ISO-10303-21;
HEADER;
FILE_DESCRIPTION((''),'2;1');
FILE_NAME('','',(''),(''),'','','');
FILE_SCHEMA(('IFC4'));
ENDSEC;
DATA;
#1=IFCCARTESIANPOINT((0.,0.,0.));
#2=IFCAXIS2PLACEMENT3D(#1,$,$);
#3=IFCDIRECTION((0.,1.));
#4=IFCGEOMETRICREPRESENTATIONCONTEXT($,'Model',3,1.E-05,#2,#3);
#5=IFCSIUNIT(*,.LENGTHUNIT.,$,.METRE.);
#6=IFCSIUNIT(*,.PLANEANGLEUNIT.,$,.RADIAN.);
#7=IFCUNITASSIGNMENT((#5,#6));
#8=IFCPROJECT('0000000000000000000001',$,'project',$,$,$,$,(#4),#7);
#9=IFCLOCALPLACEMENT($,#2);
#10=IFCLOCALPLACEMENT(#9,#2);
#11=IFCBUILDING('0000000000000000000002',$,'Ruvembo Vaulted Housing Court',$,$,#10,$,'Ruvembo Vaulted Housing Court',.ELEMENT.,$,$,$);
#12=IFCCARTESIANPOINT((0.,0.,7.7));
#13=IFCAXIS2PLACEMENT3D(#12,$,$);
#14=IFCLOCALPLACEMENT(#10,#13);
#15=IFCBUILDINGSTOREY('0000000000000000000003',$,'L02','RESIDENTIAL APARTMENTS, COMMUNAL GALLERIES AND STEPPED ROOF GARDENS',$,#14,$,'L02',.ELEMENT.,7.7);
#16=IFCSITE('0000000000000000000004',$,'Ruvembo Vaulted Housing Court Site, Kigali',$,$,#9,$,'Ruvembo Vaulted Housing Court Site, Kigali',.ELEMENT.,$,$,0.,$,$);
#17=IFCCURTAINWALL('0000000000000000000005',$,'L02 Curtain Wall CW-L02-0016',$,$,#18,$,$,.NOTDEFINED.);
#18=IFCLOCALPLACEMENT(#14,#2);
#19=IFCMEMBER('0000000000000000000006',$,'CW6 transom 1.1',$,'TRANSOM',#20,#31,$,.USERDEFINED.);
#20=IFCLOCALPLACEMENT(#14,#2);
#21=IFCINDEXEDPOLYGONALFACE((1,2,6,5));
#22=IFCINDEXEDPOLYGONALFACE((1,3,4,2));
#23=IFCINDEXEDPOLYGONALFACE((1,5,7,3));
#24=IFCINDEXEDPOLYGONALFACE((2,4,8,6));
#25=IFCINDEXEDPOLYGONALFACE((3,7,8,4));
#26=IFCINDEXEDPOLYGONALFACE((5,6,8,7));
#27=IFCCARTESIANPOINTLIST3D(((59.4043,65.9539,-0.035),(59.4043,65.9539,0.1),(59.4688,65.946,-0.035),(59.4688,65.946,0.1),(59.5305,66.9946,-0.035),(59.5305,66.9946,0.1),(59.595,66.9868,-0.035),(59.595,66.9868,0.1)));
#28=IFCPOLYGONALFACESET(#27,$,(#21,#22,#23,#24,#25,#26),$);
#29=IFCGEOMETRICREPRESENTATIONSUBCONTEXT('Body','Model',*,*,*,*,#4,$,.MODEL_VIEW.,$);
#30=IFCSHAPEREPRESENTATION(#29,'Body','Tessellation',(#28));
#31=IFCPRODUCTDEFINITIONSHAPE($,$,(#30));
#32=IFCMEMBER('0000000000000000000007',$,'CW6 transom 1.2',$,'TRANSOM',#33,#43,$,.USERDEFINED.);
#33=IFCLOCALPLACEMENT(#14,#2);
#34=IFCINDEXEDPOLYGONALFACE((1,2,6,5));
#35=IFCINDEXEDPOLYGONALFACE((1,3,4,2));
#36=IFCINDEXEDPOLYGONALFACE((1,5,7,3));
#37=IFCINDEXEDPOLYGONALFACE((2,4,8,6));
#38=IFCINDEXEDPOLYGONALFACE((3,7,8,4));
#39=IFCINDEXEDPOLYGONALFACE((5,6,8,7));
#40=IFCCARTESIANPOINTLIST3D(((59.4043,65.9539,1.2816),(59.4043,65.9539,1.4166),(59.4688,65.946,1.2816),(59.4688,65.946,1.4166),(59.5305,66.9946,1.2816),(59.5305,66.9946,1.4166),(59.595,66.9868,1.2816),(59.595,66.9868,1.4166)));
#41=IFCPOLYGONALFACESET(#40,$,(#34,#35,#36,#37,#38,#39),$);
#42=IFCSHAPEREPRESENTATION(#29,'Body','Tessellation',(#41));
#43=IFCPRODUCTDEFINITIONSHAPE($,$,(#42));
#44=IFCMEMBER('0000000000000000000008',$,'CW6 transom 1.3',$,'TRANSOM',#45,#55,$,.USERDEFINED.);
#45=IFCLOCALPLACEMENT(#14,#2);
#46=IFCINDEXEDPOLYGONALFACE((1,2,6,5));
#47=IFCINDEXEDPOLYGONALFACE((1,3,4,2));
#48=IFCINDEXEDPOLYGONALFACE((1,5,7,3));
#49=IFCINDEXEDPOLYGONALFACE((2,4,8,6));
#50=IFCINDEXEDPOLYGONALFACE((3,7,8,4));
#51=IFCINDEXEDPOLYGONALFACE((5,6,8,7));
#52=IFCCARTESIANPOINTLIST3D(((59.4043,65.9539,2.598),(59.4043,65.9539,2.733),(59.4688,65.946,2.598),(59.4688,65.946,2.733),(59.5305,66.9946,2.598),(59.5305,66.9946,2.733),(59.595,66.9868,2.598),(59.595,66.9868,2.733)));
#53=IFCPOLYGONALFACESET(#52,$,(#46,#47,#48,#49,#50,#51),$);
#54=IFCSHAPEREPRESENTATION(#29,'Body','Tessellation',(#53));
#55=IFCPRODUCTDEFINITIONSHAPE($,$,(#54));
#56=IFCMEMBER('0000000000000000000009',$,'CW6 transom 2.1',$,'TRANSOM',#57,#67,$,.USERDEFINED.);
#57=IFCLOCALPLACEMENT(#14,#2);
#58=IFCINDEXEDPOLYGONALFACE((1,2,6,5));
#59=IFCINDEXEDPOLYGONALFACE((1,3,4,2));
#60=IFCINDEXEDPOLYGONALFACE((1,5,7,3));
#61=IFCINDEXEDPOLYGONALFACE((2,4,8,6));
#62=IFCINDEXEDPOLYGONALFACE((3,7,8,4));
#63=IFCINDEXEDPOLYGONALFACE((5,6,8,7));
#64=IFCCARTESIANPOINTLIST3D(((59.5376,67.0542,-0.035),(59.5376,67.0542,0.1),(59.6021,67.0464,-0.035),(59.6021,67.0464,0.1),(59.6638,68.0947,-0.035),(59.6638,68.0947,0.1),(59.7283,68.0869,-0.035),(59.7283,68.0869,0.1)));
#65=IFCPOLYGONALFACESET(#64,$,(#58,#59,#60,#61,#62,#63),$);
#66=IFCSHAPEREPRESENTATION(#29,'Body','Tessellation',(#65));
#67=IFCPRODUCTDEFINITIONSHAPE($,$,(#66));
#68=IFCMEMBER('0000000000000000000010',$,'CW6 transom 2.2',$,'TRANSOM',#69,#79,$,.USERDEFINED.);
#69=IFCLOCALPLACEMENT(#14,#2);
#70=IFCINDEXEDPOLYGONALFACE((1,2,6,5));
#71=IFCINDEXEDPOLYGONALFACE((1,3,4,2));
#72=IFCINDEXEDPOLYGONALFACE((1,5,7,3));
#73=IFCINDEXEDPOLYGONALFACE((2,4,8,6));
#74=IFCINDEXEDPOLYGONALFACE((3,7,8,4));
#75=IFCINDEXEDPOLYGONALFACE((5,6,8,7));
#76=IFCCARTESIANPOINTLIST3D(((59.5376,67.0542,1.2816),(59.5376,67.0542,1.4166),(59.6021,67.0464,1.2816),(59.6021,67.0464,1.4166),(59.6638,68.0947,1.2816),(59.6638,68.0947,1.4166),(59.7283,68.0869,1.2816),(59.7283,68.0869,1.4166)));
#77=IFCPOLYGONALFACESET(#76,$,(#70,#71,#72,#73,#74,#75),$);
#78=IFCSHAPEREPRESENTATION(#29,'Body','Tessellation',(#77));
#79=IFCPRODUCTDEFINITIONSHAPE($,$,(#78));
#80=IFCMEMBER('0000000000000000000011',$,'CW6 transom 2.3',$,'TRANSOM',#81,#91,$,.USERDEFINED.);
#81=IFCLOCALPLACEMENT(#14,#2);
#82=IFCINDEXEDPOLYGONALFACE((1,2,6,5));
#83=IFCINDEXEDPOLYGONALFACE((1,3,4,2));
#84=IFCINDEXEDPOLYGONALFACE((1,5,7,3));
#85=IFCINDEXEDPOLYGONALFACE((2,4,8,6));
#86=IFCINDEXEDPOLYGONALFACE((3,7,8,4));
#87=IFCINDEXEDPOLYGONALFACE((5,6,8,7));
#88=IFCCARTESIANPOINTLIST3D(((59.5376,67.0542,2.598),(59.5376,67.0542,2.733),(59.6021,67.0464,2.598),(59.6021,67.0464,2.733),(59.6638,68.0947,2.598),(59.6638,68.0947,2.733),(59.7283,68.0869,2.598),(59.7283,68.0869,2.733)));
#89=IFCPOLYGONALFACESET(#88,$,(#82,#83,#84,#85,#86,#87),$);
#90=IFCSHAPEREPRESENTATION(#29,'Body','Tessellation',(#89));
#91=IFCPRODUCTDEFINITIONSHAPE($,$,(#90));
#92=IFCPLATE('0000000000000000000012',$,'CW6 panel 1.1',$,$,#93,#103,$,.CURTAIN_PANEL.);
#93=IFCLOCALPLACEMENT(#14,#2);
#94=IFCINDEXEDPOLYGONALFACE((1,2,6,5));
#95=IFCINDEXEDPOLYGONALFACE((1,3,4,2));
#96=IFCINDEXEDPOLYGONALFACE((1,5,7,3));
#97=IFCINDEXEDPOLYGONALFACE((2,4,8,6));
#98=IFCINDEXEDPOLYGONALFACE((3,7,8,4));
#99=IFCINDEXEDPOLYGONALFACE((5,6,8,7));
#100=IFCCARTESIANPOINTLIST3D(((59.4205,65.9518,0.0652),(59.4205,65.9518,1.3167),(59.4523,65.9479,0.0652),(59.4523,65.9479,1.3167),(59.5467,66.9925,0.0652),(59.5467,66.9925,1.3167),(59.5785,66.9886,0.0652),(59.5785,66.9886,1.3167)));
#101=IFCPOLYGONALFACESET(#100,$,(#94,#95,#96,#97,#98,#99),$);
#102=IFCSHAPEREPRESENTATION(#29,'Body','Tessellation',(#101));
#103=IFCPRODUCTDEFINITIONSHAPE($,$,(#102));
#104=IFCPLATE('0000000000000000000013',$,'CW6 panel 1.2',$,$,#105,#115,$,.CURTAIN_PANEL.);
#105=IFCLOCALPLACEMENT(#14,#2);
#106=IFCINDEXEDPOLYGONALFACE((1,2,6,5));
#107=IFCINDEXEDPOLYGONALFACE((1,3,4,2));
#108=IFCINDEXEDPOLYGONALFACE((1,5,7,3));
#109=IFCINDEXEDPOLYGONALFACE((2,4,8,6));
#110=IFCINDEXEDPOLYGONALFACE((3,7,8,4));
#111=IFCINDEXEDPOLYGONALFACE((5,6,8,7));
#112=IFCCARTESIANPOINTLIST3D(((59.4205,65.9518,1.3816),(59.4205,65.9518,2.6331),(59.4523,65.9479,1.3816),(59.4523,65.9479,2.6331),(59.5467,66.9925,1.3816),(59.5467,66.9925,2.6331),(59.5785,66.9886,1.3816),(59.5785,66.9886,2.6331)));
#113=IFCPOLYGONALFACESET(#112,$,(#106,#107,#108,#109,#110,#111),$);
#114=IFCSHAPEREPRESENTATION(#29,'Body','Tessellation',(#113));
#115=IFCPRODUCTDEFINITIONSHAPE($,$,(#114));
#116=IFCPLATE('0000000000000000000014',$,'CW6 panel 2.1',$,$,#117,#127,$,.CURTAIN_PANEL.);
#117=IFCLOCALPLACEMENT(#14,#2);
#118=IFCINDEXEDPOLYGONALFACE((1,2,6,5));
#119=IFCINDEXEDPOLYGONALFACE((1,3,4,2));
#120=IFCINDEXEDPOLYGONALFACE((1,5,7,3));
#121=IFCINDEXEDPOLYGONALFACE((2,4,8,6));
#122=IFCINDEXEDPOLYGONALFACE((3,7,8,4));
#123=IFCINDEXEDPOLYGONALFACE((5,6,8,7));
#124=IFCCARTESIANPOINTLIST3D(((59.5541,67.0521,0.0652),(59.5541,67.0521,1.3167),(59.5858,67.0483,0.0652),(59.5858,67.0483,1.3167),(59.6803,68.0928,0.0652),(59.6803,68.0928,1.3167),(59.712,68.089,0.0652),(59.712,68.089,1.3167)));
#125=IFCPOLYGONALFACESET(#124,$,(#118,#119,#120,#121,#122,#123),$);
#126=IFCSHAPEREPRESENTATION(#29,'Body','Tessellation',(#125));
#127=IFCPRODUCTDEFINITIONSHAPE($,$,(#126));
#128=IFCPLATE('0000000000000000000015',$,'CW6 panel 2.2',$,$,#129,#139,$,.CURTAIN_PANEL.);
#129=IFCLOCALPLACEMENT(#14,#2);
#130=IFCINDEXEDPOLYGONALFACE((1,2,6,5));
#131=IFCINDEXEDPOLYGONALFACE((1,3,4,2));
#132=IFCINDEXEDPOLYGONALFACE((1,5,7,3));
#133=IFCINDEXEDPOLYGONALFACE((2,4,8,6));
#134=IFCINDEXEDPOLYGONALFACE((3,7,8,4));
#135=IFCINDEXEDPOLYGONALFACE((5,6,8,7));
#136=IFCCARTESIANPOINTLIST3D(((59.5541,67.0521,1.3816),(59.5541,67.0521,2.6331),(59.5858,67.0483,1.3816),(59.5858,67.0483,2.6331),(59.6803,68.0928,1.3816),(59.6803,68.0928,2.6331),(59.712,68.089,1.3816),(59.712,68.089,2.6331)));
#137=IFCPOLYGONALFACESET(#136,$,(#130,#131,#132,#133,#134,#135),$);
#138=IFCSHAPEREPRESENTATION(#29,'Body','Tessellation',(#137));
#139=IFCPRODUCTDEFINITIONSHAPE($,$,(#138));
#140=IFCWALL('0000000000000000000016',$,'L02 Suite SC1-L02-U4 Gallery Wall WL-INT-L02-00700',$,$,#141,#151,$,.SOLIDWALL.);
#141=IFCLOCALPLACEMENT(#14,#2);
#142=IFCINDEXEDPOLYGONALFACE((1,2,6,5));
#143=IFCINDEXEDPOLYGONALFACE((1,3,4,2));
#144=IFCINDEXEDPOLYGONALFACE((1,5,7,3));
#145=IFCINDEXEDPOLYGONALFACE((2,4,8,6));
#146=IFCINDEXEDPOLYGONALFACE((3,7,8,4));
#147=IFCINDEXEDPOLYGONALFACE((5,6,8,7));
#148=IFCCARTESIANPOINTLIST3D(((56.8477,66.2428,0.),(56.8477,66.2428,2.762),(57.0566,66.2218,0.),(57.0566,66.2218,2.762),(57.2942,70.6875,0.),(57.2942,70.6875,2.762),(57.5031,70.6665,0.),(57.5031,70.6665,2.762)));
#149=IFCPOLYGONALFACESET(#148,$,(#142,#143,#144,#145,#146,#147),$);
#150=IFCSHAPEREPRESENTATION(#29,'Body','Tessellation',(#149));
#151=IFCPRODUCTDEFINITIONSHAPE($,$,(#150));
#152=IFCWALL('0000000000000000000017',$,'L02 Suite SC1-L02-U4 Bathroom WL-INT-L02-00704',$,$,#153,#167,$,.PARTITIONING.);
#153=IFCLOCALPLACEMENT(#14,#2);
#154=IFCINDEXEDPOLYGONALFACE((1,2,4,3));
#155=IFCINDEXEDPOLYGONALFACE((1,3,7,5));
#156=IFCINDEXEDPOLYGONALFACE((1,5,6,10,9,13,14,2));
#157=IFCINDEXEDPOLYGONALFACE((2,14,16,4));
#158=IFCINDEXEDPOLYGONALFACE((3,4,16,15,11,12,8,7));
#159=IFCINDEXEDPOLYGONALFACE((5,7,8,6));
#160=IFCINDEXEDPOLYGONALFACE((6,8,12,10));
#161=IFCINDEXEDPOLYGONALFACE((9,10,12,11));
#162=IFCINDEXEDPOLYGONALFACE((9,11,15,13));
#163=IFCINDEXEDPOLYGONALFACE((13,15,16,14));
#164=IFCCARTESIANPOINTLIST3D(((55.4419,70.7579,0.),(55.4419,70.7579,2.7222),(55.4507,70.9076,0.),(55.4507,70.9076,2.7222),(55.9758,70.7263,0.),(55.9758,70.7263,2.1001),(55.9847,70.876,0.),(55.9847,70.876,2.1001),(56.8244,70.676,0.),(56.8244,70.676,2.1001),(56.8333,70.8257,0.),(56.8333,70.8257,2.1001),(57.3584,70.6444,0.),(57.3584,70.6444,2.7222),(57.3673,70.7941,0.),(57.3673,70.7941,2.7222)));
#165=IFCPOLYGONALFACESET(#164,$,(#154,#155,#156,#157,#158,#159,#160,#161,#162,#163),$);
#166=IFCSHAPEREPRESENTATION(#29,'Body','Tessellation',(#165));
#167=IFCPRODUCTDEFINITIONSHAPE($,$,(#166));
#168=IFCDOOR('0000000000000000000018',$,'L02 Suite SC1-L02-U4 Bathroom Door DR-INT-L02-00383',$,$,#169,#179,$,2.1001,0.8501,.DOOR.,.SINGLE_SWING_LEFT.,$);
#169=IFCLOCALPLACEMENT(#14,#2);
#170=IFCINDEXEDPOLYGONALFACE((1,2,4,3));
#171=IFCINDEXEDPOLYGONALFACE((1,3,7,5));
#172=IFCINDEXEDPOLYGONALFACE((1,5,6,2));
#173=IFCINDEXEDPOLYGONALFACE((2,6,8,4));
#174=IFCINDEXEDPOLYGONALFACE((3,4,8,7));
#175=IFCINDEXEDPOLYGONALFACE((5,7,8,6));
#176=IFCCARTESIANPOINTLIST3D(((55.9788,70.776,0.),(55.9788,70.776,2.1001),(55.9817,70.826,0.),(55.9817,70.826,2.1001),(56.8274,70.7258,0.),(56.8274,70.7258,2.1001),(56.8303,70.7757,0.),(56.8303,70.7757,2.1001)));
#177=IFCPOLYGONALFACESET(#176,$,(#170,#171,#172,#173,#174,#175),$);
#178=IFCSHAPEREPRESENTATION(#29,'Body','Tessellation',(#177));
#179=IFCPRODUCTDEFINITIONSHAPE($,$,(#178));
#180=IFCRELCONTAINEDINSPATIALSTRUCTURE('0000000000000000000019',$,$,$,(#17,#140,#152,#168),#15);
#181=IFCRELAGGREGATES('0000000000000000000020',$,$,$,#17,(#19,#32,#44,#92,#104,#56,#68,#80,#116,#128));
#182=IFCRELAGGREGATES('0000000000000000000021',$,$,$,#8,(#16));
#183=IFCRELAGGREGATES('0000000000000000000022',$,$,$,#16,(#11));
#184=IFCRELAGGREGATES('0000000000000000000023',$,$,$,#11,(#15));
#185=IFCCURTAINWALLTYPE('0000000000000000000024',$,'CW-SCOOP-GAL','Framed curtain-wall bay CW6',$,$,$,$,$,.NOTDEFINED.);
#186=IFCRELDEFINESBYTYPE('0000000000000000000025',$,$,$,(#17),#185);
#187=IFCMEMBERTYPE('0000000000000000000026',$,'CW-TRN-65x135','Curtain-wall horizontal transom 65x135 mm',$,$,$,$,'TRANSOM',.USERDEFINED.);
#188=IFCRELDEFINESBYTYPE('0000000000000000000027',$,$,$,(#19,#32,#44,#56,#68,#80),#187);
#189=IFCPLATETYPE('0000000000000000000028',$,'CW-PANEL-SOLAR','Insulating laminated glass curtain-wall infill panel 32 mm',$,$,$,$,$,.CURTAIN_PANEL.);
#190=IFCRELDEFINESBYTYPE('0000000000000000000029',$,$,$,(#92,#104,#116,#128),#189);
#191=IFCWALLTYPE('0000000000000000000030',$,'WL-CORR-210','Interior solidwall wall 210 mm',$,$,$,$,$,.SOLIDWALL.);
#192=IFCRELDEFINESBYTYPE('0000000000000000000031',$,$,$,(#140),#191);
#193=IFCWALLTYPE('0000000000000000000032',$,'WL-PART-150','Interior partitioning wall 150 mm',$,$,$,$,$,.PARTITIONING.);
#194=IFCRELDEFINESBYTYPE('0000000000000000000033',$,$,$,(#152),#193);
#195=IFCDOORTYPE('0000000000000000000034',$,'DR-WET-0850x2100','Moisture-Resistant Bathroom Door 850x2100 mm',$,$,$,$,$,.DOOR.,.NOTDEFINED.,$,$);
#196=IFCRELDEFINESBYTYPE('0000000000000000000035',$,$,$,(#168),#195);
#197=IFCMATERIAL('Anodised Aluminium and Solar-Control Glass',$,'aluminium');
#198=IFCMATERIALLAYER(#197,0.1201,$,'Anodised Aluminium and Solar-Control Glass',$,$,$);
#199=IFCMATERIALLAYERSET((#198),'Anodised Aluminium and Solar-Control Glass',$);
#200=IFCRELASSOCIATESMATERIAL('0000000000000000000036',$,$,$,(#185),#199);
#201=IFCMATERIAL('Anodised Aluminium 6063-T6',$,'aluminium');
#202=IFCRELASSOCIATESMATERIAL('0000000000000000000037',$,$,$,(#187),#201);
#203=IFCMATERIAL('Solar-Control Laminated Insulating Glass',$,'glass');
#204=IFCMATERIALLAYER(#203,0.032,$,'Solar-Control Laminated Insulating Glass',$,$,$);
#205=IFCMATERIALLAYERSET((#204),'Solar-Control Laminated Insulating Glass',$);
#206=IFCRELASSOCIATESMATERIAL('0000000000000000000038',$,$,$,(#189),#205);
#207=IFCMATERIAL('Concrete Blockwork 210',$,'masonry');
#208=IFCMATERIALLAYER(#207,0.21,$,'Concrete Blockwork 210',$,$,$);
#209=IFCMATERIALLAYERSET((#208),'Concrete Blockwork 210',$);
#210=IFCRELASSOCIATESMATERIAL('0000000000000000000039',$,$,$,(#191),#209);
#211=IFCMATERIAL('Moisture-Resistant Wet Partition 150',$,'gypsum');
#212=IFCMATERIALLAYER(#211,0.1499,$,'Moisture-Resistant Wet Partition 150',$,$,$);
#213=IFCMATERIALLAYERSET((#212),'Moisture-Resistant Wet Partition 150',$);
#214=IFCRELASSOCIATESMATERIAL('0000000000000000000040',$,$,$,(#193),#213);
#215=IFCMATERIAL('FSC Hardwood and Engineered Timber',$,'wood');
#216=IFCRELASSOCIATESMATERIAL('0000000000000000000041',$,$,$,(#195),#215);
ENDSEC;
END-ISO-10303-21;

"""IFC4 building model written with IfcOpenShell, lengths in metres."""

from ifc_helpers import new_model, si_unit, direction, frame, frame_2d, origin, origin_2d, place, context, subcontext, project, spatial, rectangle, extrude, material, layer, layer_set, material_profile, profile_set, type_object, element, fill, aggregate, save


model = new_model("IFC4")

# Units and contexts
model_context = context("Model", 3, precision=1e-05, world=origin(), true_north=direction((0.0, 1.0)))
body_context = subcontext(model_context, "Body", "Model", "MODEL_VIEW")
ifc_project = project(units=[si_unit("LENGTHUNIT", "METRE"), si_unit("PLANEANGLEUNIT", "RADIAN")], contexts=[model_context])

# Site, building, storey
site_placement = place(None, origin())
site = spatial("IfcSite", under=ifc_project, at=site_placement, Name="Ruvembo Vaulted Housing Court Site, Kigali", LongName="Ruvembo Vaulted Housing Court Site, Kigali", CompositionType="ELEMENT", RefElevation=0.0)
building_placement = place(site_placement, origin())
building = spatial("IfcBuilding", under=site, at=building_placement, Name="Ruvembo Vaulted Housing Court", LongName="Ruvembo Vaulted Housing Court", CompositionType="ELEMENT")
storey_placement = place(building_placement, frame((0.0, 0.0, 7.7)))
storey = spatial("IfcBuildingStorey", under=building, at=storey_placement, Name="L02", Description="RESIDENTIAL APARTMENTS, COMMUNAL GALLERIES AND STEPPED ROOF GARDENS", LongName="L02", CompositionType="ELEMENT", Elevation=7.7)

# Curtain wall, members, plates
ifc_material_1 = material(Name="Anodised Aluminium and Solar-Control Glass", Category="aluminium")
ifc_layer_1 = layer(ifc_material_1, 0.1201, Name="Anodised Aluminium and Solar-Control Glass")
ifc_layer_set_1 = layer_set([ifc_layer_1], Name="Anodised Aluminium and Solar-Control Glass")
curtain_wall_type = type_object("IfcCurtainWallType", Name="CW-SCOOP-GAL", Description="Framed curtain-wall bay CW6", PredefinedType="NOTDEFINED", material=ifc_layer_set_1)
curtain_wall_placement = place(storey_placement, origin())
curtain_wall = element("IfcCurtainWall", 1, at=curtain_wall_placement, inside=storey, type_object=curtain_wall_type, Name="L02 Curtain Wall CW-L02-0016", PredefinedType="NOTDEFINED")
ifc_material_2 = material(Name="Anodised Aluminium 6063-T6", Category="aluminium")
ifc_material_profile_1 = material_profile(ifc_material_2, rectangle(XDim=0.0649, YDim=0.135, at=origin_2d()), Name="ALU 65x135")
ifc_profile_set_1 = profile_set([ifc_material_profile_1], Name="Anodised Aluminium 6063-T6")
member_type_1 = type_object("IfcMemberType", Name="CW-TRN-65x135", Description="Curtain-wall horizontal transom 65x135 mm", ElementType="TRANSOM", PredefinedType="USERDEFINED", material=ifc_profile_set_1)
member_1_placement = place(storey_placement, frame((59.4365, 65.95, 0.0325), z_axis=(0.120394, 0.992726, 0.0), x_axis=(-0.992726, 0.120394, 0.0)))
member_1 = element("IfcMember", 2, at=member_1_placement, type_object=member_type_1, Name="CW6 transom 1.1", ObjectType="TRANSOM", PredefinedType="USERDEFINED", context=body_context, shape_type="SweptSolid", body=[
    extrude(rectangle(XDim=0.0649, YDim=0.135, at=origin_2d()), origin(), (0.0, 0.0, 1.0), 1.0483),
])
member_2_placement = place(storey_placement, frame((59.4365, 65.95, 1.3491), z_axis=(0.120394, 0.992726, 0.0), x_axis=(-0.992726, 0.120394, 0.0)))
member_2 = element("IfcMember", 3, at=member_2_placement, type_object=member_type_1, Name="CW6 transom 1.2", ObjectType="TRANSOM", PredefinedType="USERDEFINED", context=body_context, shape_type="SweptSolid", body=[
    extrude(rectangle(XDim=0.0649, YDim=0.135, at=origin_2d()), origin(), (0.0, 0.0, 1.0), 1.0483),
])
member_3_placement = place(storey_placement, frame((59.4365, 65.95, 2.6655), z_axis=(0.120394, 0.992726, 0.0), x_axis=(-0.992726, 0.120394, 0.0)))
member_3 = element("IfcMember", 4, at=member_3_placement, type_object=member_type_1, Name="CW6 transom 1.3", ObjectType="TRANSOM", PredefinedType="USERDEFINED", context=body_context, shape_type="SweptSolid", body=[
    extrude(rectangle(XDim=0.0649, YDim=0.135, at=origin_2d()), origin(), (0.0, 0.0, 1.0), 1.0483),
])
member_4_placement = place(storey_placement, frame((59.5698, 67.0503, 0.0325), z_axis=(0.120422, 0.992723, 0.0), x_axis=(-0.992723, 0.120422, 0.0)))
member_4 = element("IfcMember", 5, at=member_4_placement, type_object=member_type_1, Name="CW6 transom 2.1", ObjectType="TRANSOM", PredefinedType="USERDEFINED", context=body_context, shape_type="SweptSolid", body=[
    extrude(rectangle(XDim=0.0649, YDim=0.135, at=origin_2d()), origin(), (0.0, 0.0, 1.0), 1.0481),
])
member_5_placement = place(storey_placement, frame((59.5698, 67.0503, 1.3491), z_axis=(0.120422, 0.992723, 0.0), x_axis=(-0.992723, 0.120422, 0.0)))
member_5 = element("IfcMember", 6, at=member_5_placement, type_object=member_type_1, Name="CW6 transom 2.2", ObjectType="TRANSOM", PredefinedType="USERDEFINED", context=body_context, shape_type="SweptSolid", body=[
    extrude(rectangle(XDim=0.0649, YDim=0.135, at=origin_2d()), origin(), (0.0, 0.0, 1.0), 1.0481),
])
member_6_placement = place(storey_placement, frame((59.5698, 67.0503, 2.6655), z_axis=(0.120422, 0.992723, 0.0), x_axis=(-0.992723, 0.120422, 0.0)))
member_6 = element("IfcMember", 7, at=member_6_placement, type_object=member_type_1, Name="CW6 transom 2.3", ObjectType="TRANSOM", PredefinedType="USERDEFINED", context=body_context, shape_type="SweptSolid", body=[
    extrude(rectangle(XDim=0.0649, YDim=0.135, at=origin_2d()), origin(), (0.0, 0.0, 1.0), 1.0481),
])
ifc_material_3 = material(Name="Solar-Control Laminated Insulating Glass", Category="glass")
ifc_layer_2 = layer(ifc_material_3, 0.032, Name="Solar-Control Laminated Insulating Glass")
ifc_layer_set_2 = layer_set([ifc_layer_2], Name="Solar-Control Laminated Insulating Glass")
plate_type = type_object("IfcPlateType", Name="CW-PANEL-SOLAR", Description="Insulating laminated glass curtain-wall infill panel 32 mm", PredefinedType="CURTAIN_PANEL", material=ifc_layer_set_2)
plate_1_placement = place(storey_placement, frame((59.4995, 66.4702, 0.0652), z_axis=(0.0, 0.0, 1.0), x_axis=(0.120401, 0.992725, 0.0)))
plate_1 = element("IfcPlate", 8, at=plate_1_placement, type_object=plate_type, Name="CW6 panel 1.1", PredefinedType="CURTAIN_PANEL", context=body_context, shape_type="SweptSolid", body=[
    extrude(rectangle(XDim=1.0483, YDim=0.032, at=origin_2d()), origin(), (0.0, 0.0, 1.0), 1.2515),
])
plate_2_placement = place(storey_placement, frame((59.4995, 66.4702, 1.3816), z_axis=(0.0, 0.0, 1.0), x_axis=(0.120401, 0.992725, 0.0)))
plate_2 = element("IfcPlate", 9, at=plate_2_placement, type_object=plate_type, Name="CW6 panel 1.2", PredefinedType="CURTAIN_PANEL", context=body_context, shape_type="SweptSolid", body=[
    extrude(rectangle(XDim=1.0483, YDim=0.032, at=origin_2d()), origin(), (0.0, 0.0, 1.0), 1.2515),
])
plate_3_placement = place(storey_placement, frame((59.6331, 67.5706, 0.0652), z_axis=(0.0, 0.0, 1.0), x_axis=(0.120401, 0.992725, 0.0)))
plate_3 = element("IfcPlate", 10, at=plate_3_placement, type_object=plate_type, Name="CW6 panel 2.1", PredefinedType="CURTAIN_PANEL", context=body_context, shape_type="SweptSolid", body=[
    extrude(rectangle(XDim=1.0483, YDim=0.032, at=origin_2d()), origin(), (0.0, 0.0, 1.0), 1.2515),
])
plate_4_placement = place(storey_placement, frame((59.6331, 67.5706, 1.3816), z_axis=(0.0, 0.0, 1.0), x_axis=(0.120401, 0.992725, 0.0)))
plate_4 = element("IfcPlate", 11, at=plate_4_placement, type_object=plate_type, Name="CW6 panel 2.2", PredefinedType="CURTAIN_PANEL", context=body_context, shape_type="SweptSolid", body=[
    extrude(rectangle(XDim=1.0483, YDim=0.032, at=origin_2d()), origin(), (0.0, 0.0, 1.0), 1.2515),
])
aggregate(curtain_wall, [member_1, member_2, member_3, plate_1, plate_2, member_4, member_5, member_6, plate_3, plate_4])

# Wall
ifc_material_4 = material(Name="Concrete Blockwork 210", Category="masonry")
ifc_layer_3 = layer(ifc_material_4, 0.21, Name="Concrete Blockwork 210")
ifc_layer_set_3 = layer_set([ifc_layer_3], Name="Concrete Blockwork 210")
wall_type_1 = type_object("IfcWallType", Name="WL-CORR-210", Description="Interior solidwall wall 210 mm", PredefinedType="SOLIDWALL", material=ifc_layer_set_3)
wall_1_placement = place(storey_placement, frame((56.9521, 66.2324, 0.0), z_axis=(0.0, 0.0, 1.0), x_axis=(0.099964, 0.994991, 0.0)))
element("IfcWall", 12, at=wall_1_placement, inside=storey, type_object=wall_type_1, Name="L02 Suite SC1-L02-U4 Gallery Wall WL-INT-L02-00700", PredefinedType="SOLIDWALL", context=body_context, shape_type="SweptSolid", body=[
    extrude(rectangle(XDim=4.467, YDim=0.21, at=frame_2d((2.2334, 0.0))), origin(), (0.0, 0.0, 1.0), 2.762),
])

# Wall, opening, door
ifc_material_5 = material(Name="FSC Hardwood and Engineered Timber", Category="wood")
ifc_material_6 = material(Name="Moisture-Resistant Wet Partition 150", Category="gypsum")
ifc_layer_4 = layer(ifc_material_6, 0.1499, Name="Moisture-Resistant Wet Partition 150")
ifc_layer_set_4 = layer_set([ifc_layer_4], Name="Moisture-Resistant Wet Partition 150")
wall_type_2 = type_object("IfcWallType", Name="WL-PART-150", Description="Interior partitioning wall 150 mm", PredefinedType="PARTITIONING", material=ifc_layer_set_4)
wall_2_placement = place(storey_placement, frame((55.4463, 70.8328, 0.0), z_axis=(0.0, 0.0, 1.0), x_axis=(0.99825, -0.059132, 0.0)))
wall_2 = element("IfcWall", 13, at=wall_2_placement, inside=storey, type_object=wall_type_2, Name="L02 Suite SC1-L02-U4 Bathroom WL-INT-L02-00704", PredefinedType="PARTITIONING", context=body_context, shape_type="SweptSolid", body=[
    extrude(rectangle(XDim=1.9199, YDim=0.1499, at=frame_2d((0.96, 0.0))), origin(), (0.0, 0.0, 1.0), 2.7222),
])
opening_1_placement = place(wall_2_placement, frame((0.5349, 0.0, 0.0)))
opening_1 = element("IfcOpeningElement", 14, at=opening_1_placement, cuts=wall_2, PredefinedType="OPENING", context=body_context, shape_type="SweptSolid", body=[
    extrude(rectangle(XDim=0.8501, YDim=2.1001, at=frame_2d((0.425, 1.05))), frame((0.0, 0.085, 0.0), z_axis=(0.0, -1.0, 0.0), x_axis=(1.0, 0.0, 0.0)), (0.0, 0.0, 1.0), 0.1699),
])
door_type_1 = type_object("IfcDoorType", Name="DR-WET-0850x2100", Description="Moisture-Resistant Bathroom Door 850x2100 mm", OperationType="NOTDEFINED", PredefinedType="DOOR", material=ifc_material_5)
door_1_placement = place(opening_1_placement, origin())
door_1 = element("IfcDoor", 15, at=door_1_placement, inside=storey, type_object=door_type_1, Name="L02 Suite SC1-L02-U4 Bathroom Door DR-INT-L02-00383", OperationType="SINGLE_SWING_LEFT", OverallHeight=2.1001, OverallWidth=0.8501, PredefinedType="DOOR", context=body_context, shape_type="SweptSolid", body=[
    extrude(rectangle(XDim=0.8501, YDim=2.1001, at=frame_2d((0.425, 1.05))), frame((0.0, 0.0249, 0.0), z_axis=(0.0, -1.0, 0.0), x_axis=(1.0, 0.0, 0.0)), (0.0, 0.0, 1.0), 0.05),
])
fill(opening_1, door_1)

save(model, "model.ifc")
